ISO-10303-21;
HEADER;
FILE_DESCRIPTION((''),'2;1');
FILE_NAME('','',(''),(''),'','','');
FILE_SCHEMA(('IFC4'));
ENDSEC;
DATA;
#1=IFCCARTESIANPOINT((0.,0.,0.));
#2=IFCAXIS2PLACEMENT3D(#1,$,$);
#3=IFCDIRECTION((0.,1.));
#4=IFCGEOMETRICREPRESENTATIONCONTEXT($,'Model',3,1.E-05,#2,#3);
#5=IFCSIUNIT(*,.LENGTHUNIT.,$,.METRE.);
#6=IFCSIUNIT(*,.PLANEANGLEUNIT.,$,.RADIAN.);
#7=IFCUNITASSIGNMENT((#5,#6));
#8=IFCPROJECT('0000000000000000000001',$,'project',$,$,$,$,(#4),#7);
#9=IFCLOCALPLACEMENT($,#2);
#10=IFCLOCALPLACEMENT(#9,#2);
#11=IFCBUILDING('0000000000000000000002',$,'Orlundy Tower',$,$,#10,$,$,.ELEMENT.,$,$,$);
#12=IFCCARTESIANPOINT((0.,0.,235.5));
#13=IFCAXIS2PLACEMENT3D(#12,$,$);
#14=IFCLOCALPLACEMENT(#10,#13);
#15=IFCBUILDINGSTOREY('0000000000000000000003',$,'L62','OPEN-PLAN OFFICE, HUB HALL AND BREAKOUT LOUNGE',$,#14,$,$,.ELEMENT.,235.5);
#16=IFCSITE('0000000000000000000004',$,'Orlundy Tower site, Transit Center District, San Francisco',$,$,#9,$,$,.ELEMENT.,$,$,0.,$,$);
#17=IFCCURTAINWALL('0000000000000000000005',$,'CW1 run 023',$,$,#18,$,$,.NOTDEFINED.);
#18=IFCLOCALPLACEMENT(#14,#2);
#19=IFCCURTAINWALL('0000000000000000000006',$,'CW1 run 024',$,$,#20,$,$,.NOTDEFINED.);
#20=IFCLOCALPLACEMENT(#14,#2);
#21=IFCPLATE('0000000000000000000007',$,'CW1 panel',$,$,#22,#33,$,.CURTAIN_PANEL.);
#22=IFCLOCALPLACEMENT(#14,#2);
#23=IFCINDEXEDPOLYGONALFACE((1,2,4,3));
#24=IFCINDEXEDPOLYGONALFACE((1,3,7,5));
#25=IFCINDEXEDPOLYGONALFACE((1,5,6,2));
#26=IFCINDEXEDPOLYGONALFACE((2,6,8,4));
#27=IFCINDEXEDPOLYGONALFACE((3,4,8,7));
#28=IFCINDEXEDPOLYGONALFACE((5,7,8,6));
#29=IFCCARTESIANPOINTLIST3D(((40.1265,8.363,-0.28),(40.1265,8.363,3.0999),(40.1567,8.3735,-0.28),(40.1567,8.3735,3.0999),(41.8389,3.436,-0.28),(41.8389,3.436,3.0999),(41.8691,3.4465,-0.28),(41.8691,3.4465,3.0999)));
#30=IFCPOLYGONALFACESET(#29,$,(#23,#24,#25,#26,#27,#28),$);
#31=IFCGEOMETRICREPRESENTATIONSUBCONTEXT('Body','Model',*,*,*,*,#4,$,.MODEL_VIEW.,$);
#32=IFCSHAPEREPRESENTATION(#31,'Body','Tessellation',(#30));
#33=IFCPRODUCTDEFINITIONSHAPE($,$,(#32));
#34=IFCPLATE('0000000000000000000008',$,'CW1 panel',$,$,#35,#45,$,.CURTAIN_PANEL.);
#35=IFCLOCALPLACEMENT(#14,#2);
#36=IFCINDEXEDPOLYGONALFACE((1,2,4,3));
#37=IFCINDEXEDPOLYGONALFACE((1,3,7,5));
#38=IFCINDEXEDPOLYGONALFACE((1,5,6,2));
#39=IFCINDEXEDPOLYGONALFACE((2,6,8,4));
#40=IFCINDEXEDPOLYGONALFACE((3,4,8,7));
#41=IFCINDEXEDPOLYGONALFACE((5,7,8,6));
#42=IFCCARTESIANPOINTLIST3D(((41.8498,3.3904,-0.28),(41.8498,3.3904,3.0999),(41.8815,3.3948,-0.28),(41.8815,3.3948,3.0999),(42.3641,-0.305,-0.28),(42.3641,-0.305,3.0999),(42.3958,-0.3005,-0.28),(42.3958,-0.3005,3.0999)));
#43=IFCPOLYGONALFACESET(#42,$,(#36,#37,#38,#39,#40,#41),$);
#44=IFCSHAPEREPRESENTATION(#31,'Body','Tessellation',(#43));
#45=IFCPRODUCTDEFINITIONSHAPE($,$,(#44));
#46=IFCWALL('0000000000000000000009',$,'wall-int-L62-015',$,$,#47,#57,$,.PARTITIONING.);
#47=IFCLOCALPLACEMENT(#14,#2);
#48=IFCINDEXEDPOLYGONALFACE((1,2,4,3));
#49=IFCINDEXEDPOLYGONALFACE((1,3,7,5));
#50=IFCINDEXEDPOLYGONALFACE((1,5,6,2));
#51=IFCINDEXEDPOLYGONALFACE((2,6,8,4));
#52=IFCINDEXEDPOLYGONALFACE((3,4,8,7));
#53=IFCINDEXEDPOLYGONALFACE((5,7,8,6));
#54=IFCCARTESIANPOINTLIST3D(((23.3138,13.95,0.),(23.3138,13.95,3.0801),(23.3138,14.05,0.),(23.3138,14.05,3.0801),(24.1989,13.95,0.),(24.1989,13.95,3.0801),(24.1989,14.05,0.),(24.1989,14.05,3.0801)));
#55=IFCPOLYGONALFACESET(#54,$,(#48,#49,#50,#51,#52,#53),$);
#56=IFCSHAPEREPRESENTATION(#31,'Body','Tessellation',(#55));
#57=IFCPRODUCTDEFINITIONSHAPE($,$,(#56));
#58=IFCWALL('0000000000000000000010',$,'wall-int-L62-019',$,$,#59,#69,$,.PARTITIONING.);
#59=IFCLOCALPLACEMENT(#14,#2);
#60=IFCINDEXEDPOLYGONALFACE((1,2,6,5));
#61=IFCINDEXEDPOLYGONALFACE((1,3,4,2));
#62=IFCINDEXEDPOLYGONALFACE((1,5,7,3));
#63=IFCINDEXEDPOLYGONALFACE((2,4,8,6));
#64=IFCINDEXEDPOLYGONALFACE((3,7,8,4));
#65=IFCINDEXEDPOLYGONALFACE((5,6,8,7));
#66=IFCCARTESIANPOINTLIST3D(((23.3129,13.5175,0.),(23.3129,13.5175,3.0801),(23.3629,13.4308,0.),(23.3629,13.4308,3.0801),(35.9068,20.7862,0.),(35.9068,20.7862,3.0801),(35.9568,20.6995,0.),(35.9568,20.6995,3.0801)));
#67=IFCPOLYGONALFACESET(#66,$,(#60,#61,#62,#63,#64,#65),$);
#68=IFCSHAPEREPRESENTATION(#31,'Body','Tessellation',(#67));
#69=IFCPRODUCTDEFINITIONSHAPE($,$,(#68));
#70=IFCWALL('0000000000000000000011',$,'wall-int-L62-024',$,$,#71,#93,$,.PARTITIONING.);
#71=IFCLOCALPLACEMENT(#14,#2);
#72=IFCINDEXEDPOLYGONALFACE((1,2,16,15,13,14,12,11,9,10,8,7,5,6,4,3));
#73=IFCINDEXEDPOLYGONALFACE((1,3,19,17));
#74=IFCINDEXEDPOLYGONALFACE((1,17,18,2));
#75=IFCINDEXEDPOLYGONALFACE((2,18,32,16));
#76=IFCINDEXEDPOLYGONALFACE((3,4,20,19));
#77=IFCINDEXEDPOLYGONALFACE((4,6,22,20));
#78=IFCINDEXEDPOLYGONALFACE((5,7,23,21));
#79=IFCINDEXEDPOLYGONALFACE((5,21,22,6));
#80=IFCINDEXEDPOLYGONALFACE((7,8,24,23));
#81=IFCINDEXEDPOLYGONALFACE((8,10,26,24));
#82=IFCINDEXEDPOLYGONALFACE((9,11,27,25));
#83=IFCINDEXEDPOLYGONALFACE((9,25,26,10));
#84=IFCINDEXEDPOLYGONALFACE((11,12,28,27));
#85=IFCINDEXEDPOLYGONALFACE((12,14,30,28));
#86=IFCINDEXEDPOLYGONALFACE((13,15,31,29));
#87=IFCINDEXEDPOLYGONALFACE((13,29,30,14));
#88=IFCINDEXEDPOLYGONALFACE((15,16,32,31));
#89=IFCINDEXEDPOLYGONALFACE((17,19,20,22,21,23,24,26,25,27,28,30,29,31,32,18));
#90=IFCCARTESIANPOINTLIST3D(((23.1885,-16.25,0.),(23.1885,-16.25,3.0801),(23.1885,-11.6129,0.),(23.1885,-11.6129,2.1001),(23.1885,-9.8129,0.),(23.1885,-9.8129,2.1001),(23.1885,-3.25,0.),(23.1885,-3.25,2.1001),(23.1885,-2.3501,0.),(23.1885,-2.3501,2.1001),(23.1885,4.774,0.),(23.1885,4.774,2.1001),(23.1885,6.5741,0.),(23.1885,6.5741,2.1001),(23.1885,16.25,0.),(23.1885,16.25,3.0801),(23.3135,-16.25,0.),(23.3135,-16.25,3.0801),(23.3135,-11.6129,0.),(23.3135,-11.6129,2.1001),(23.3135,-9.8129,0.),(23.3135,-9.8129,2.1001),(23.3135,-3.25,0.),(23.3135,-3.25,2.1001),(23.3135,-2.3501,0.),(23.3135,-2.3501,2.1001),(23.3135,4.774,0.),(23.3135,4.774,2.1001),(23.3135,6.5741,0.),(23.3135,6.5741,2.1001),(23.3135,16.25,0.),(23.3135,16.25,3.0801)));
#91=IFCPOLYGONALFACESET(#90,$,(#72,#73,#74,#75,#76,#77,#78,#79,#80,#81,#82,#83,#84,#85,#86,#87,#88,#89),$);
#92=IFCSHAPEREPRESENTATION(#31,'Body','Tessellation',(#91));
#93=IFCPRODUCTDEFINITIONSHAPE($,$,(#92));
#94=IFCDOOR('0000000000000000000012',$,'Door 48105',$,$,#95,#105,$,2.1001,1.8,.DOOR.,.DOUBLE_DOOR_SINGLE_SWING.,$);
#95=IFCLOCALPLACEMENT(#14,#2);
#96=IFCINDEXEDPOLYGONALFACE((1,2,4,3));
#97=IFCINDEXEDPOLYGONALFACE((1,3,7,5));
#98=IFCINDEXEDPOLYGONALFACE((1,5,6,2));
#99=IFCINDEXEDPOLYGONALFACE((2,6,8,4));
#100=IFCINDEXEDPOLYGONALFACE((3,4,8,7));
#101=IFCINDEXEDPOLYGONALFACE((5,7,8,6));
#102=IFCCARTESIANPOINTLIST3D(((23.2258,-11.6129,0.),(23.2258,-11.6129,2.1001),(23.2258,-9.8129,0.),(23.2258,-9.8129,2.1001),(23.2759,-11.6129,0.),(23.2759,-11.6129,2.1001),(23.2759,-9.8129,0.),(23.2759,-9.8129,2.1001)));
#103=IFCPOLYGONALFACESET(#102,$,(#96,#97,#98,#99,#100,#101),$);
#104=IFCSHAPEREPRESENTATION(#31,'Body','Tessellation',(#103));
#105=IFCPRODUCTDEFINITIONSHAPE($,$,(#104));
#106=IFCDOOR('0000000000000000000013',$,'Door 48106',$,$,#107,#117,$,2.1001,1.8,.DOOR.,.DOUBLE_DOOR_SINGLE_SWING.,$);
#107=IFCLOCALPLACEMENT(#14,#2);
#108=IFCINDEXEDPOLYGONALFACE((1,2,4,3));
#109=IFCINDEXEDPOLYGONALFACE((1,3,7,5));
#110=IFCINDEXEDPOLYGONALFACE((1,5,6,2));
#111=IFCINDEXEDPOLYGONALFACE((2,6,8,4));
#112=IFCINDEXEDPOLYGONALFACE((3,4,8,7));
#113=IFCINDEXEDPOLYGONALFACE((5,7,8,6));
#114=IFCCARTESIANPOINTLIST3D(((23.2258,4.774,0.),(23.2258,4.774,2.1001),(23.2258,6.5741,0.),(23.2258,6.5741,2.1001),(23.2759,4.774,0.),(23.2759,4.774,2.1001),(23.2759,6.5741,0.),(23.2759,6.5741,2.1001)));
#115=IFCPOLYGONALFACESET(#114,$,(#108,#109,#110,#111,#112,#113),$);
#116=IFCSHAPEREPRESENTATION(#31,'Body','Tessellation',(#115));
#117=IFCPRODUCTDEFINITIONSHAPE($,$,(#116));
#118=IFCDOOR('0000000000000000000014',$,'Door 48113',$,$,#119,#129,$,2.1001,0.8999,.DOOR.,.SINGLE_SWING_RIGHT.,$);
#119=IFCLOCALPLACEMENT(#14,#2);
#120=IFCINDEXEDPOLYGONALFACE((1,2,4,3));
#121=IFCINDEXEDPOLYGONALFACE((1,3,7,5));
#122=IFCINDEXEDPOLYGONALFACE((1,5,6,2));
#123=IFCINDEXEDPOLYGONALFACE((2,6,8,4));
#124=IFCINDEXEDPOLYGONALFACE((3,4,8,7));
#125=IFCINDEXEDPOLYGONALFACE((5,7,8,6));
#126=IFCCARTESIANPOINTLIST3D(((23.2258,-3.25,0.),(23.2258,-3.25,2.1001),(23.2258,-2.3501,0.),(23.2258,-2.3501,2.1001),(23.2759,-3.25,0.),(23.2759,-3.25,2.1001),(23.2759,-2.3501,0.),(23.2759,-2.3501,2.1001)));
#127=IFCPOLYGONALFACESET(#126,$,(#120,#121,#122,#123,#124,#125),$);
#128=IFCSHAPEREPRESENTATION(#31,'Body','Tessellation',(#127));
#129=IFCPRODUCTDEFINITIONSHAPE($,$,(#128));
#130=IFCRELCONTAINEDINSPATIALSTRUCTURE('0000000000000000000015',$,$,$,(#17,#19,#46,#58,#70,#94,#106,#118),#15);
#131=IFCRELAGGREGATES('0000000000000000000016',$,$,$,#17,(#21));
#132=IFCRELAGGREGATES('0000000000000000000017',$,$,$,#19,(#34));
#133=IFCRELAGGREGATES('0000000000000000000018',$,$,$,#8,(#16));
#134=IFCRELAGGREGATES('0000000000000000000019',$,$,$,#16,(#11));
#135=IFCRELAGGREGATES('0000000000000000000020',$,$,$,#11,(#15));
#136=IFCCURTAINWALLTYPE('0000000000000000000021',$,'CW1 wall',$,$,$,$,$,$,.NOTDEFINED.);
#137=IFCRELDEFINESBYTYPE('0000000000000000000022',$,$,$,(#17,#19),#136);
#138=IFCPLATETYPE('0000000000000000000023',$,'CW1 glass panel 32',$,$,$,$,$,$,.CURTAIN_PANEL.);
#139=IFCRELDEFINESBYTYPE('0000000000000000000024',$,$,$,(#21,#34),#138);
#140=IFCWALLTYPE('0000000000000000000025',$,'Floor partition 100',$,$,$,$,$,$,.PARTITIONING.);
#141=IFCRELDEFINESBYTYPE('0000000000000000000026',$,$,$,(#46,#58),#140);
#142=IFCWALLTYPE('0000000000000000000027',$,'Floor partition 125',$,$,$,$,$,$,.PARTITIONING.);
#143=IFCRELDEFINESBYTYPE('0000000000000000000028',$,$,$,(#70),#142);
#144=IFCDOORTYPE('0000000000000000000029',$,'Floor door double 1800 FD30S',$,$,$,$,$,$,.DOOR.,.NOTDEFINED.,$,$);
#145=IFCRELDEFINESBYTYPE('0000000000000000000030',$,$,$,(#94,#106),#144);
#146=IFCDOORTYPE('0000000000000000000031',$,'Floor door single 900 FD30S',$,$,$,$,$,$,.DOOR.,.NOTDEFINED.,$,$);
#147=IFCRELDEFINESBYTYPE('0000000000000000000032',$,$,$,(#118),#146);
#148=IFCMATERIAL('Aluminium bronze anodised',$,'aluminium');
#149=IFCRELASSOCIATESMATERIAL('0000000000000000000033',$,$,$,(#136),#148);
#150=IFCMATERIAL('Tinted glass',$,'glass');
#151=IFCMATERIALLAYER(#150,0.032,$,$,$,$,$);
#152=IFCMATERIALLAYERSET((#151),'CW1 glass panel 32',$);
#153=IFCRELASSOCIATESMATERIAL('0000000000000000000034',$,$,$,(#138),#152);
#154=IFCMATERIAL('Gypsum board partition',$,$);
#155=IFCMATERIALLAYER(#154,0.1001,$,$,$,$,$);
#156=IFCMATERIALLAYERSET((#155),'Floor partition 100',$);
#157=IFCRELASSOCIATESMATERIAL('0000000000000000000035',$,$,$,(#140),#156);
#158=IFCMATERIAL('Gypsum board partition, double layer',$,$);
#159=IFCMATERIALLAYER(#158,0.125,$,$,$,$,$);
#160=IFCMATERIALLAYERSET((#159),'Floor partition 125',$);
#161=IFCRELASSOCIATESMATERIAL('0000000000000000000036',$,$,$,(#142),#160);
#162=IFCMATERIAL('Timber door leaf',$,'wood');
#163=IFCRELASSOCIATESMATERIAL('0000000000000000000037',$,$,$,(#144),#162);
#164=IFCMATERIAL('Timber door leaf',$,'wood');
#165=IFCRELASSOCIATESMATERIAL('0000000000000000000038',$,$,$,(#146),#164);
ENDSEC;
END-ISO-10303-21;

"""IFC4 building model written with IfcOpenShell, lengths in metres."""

from ifc_helpers import new_model, si_unit, direction, frame, frame_2d, origin, origin_2d, place, context, subcontext, project, spatial, rectangle, extrude, material, layer, layer_set, type_object, element, fill, aggregate, save


model = new_model("IFC4")

# Units and contexts
model_context = context("Model", 3, precision=1e-05, world=origin(), true_north=direction((0.0, 1.0)))
body_context = subcontext(model_context, "Body", "Model", "MODEL_VIEW")
ifc_project = project(units=[si_unit("LENGTHUNIT", "METRE"), si_unit("PLANEANGLEUNIT", "RADIAN")], contexts=[model_context])

# Site, building, storey
site_placement = place(None, origin())
site = spatial("IfcSite", under=ifc_project, at=site_placement, Name="Orlundy Tower site, Transit Center District, San Francisco", CompositionType="ELEMENT", RefElevation=0.0)
building_placement = place(site_placement, origin())
building = spatial("IfcBuilding", under=site, at=building_placement, Name="Orlundy Tower", CompositionType="ELEMENT")
storey_placement = place(building_placement, frame((0.0, 0.0, 235.5)))
storey = spatial("IfcBuildingStorey", under=building, at=storey_placement, Name="L62", Description="OPEN-PLAN OFFICE, HUB HALL AND BREAKOUT LOUNGE", CompositionType="ELEMENT", Elevation=235.5)

# Shared definitions
ifc_material_1 = material(Name="Aluminium bronze anodised", Category="aluminium")
curtain_wall_type = type_object("IfcCurtainWallType", Name="CW1 wall", PredefinedType="NOTDEFINED", material=ifc_material_1)

# Curtain walls
curtain_wall_1_placement = place(storey_placement, origin())
curtain_wall_1 = element("IfcCurtainWall", 1, at=curtain_wall_1_placement, inside=storey, type_object=curtain_wall_type, Name="CW1 run 023", PredefinedType="NOTDEFINED")
curtain_wall_2_placement = place(storey_placement, origin())
curtain_wall_2 = element("IfcCurtainWall", 2, at=curtain_wall_2_placement, inside=storey, type_object=curtain_wall_type, Name="CW1 run 024", PredefinedType="NOTDEFINED")

# Plates
ifc_material_2 = material(Name="Tinted glass", Category="glass")
ifc_layer_1 = layer(ifc_material_2, 0.032)
ifc_layer_set_1 = layer_set([ifc_layer_1], Name="CW1 glass panel 32")
plate_type = type_object("IfcPlateType", Name="CW1 glass panel 32", PredefinedType="CURTAIN_PANEL", material=ifc_layer_set_1)
plate_1_placement = place(storey_placement, frame((40.9978, 5.9048, -0.28), z_axis=(0.0, 0.0, 1.0), x_axis=(0.328288, -0.944578, 0.0)))
plate_1 = element("IfcPlate", 3, at=plate_1_placement, type_object=plate_type, Name="CW1 panel", PredefinedType="CURTAIN_PANEL", context=body_context, shape_type="SweptSolid", body=[
    extrude(rectangle(XDim=5.2161, YDim=0.032, at=origin_2d()), origin(), (0.0, 0.0, 1.0), 3.3799),
])
aggregate(curtain_wall_1, [plate_1])
plate_2_placement = place(storey_placement, frame((42.1228, 1.5449, -0.28), z_axis=(0.0, 0.0, 1.0), x_axis=(0.137833, -0.990455, 0.0)))
plate_2 = element("IfcPlate", 4, at=plate_2_placement, type_object=plate_type, Name="CW1 panel", PredefinedType="CURTAIN_PANEL", context=body_context, shape_type="SweptSolid", body=[
    extrude(rectangle(XDim=3.731, YDim=0.032, at=origin_2d()), origin(), (0.0, 0.0, 1.0), 3.3799),
])
aggregate(curtain_wall_2, [plate_2])

# Walls
ifc_material_3 = material(Name="Gypsum board partition")
ifc_layer_2 = layer(ifc_material_3, 0.1001)
ifc_layer_set_2 = layer_set([ifc_layer_2], Name="Floor partition 100")
wall_type_1 = type_object("IfcWallType", Name="Floor partition 100", PredefinedType="PARTITIONING", material=ifc_layer_set_2)
wall_1_placement = place(storey_placement, frame((23.314, 14.0, 0.0), z_axis=(0.0, 0.0, 1.0), x_axis=(1.0, 0.0, 0.0)))
element("IfcWall", 5, at=wall_1_placement, inside=storey, type_object=wall_type_1, Name="wall-int-L62-015", PredefinedType="PARTITIONING", context=body_context, shape_type="SweptSolid", body=[
    extrude(rectangle(XDim=0.885, YDim=0.1001, at=frame_2d((0.4424, 0.0))), origin(), (0.0, 0.0, 1.0), 3.0801),
])
wall_2_placement = place(storey_placement, frame((23.3379, 13.4741, 0.0), z_axis=(0.0, 0.0, 1.0), x_axis=(0.866095, 0.499879, 0.0)))
element("IfcWall", 6, at=wall_2_placement, inside=storey, type_object=wall_type_1, Name="wall-int-L62-019", PredefinedType="PARTITIONING", context=body_context, shape_type="SweptSolid", body=[
    extrude(rectangle(XDim=14.541, YDim=0.1001, at=frame_2d((7.2705, 0.0))), origin(), (0.0, 0.0, 1.0), 3.0801),
])

# Wall, openings, doors
ifc_material_4 = material(Name="Gypsum board partition, double layer")
ifc_layer_3 = layer(ifc_material_4, 0.125)
ifc_layer_set_3 = layer_set([ifc_layer_3], Name="Floor partition 125")
wall_type_2 = type_object("IfcWallType", Name="Floor partition 125", PredefinedType="PARTITIONING", material=ifc_layer_set_3)
wall_3_placement = place(storey_placement, frame((23.251, 16.25, 0.0), z_axis=(0.0, 0.0, 1.0), x_axis=(0.0, -1.0, 0.0)))
wall_3 = element("IfcWall", 7, at=wall_3_placement, inside=storey, type_object=wall_type_2, Name="wall-int-L62-024", PredefinedType="PARTITIONING", context=body_context, shape_type="SweptSolid", body=[
    extrude(rectangle(XDim=32.5, YDim=0.125, at=frame_2d((16.25, 0.0))), origin(), (0.0, 0.0, 1.0), 3.0801),
])
opening_1_placement = place(wall_3_placement, frame((26.063, 0.0, 0.0)))
opening_1 = element("IfcOpeningElement", 8, at=opening_1_placement, cuts=wall_3, PredefinedType="OPENING", context=body_context, shape_type="SweptSolid", body=[
    extrude(rectangle(XDim=1.8, YDim=2.1001, at=frame_2d((0.8999, 1.05))), frame((0.0, 0.0725, 0.0), z_axis=(0.0, -1.0, 0.0), x_axis=(1.0, 0.0, 0.0)), (0.0, 0.0, 1.0), 0.145),
])
opening_2_placement = place(wall_3_placement, frame((9.676, 0.0, 0.0)))
opening_2 = element("IfcOpeningElement", 9, at=opening_2_placement, cuts=wall_3, PredefinedType="OPENING", context=body_context, shape_type="SweptSolid", body=[
    extrude(rectangle(XDim=1.8, YDim=2.1001, at=frame_2d((0.8999, 1.05))), frame((0.0, 0.0725, 0.0), z_axis=(0.0, -1.0, 0.0), x_axis=(1.0, 0.0, 0.0)), (0.0, 0.0, 1.0), 0.145),
])
opening_3_placement = place(wall_3_placement, frame((18.6001, 0.0, 0.0)))
opening_3 = element("IfcOpeningElement", 10, at=opening_3_placement, cuts=wall_3, PredefinedType="OPENING", context=body_context, shape_type="SweptSolid", body=[
    extrude(rectangle(XDim=0.8999, YDim=2.1001, at=frame_2d((0.45, 1.05))), frame((0.0, 0.0725, 0.0), z_axis=(0.0, -1.0, 0.0), x_axis=(1.0, 0.0, 0.0)), (0.0, 0.0, 1.0), 0.145),
])
ifc_material_5 = material(Name="Timber door leaf", Category="wood")
door_type_1 = type_object("IfcDoorType", Name="Floor door double 1800 FD30S", OperationType="NOTDEFINED", PredefinedType="DOOR", material=ifc_material_5)
door_1_placement = place(opening_1_placement, origin())
door_1 = element("IfcDoor", 11, at=door_1_placement, inside=storey, type_object=door_type_1, Name="Door 48105", OperationType="DOUBLE_DOOR_SINGLE_SWING", OverallHeight=2.1001, OverallWidth=1.8, PredefinedType="DOOR", context=body_context, shape_type="SweptSolid", body=[
    extrude(rectangle(XDim=1.8, YDim=2.1001, at=frame_2d((0.8999, 1.05))), frame((0.0, 0.0249, 0.0), z_axis=(0.0, -1.0, 0.0), x_axis=(1.0, 0.0, 0.0)), (0.0, 0.0, 1.0), 0.05),
])
fill(opening_1, door_1)
door_2_placement = place(opening_2_placement, origin())
door_2 = element("IfcDoor", 12, at=door_2_placement, inside=storey, type_object=door_type_1, Name="Door 48106", OperationType="DOUBLE_DOOR_SINGLE_SWING", OverallHeight=2.1001, OverallWidth=1.8, PredefinedType="DOOR", context=body_context, shape_type="SweptSolid", body=[
    extrude(rectangle(XDim=1.8, YDim=2.1001, at=frame_2d((0.8999, 1.05))), frame((0.0, 0.0249, 0.0), z_axis=(0.0, -1.0, 0.0), x_axis=(1.0, 0.0, 0.0)), (0.0, 0.0, 1.0), 0.05),
])
fill(opening_2, door_2)
ifc_material_6 = material(Name="Timber door leaf", Category="wood")
door_type_2 = type_object("IfcDoorType", Name="Floor door single 900 FD30S", OperationType="NOTDEFINED", PredefinedType="DOOR", material=ifc_material_6)
door_3_placement = place(opening_3_placement, origin())
door_3 = element("IfcDoor", 13, at=door_3_placement, inside=storey, type_object=door_type_2, Name="Door 48113", OperationType="SINGLE_SWING_RIGHT", OverallHeight=2.1001, OverallWidth=0.8999, PredefinedType="DOOR", context=body_context, shape_type="SweptSolid", body=[
    extrude(rectangle(XDim=0.8999, YDim=2.1001, at=frame_2d((0.45, 1.05))), frame((0.0, 0.0249, 0.0), z_axis=(0.0, -1.0, 0.0), x_axis=(1.0, 0.0, 0.0)), (0.0, 0.0, 1.0), 0.05),
])
fill(opening_3, door_3)

save(model, "model.ifc")
